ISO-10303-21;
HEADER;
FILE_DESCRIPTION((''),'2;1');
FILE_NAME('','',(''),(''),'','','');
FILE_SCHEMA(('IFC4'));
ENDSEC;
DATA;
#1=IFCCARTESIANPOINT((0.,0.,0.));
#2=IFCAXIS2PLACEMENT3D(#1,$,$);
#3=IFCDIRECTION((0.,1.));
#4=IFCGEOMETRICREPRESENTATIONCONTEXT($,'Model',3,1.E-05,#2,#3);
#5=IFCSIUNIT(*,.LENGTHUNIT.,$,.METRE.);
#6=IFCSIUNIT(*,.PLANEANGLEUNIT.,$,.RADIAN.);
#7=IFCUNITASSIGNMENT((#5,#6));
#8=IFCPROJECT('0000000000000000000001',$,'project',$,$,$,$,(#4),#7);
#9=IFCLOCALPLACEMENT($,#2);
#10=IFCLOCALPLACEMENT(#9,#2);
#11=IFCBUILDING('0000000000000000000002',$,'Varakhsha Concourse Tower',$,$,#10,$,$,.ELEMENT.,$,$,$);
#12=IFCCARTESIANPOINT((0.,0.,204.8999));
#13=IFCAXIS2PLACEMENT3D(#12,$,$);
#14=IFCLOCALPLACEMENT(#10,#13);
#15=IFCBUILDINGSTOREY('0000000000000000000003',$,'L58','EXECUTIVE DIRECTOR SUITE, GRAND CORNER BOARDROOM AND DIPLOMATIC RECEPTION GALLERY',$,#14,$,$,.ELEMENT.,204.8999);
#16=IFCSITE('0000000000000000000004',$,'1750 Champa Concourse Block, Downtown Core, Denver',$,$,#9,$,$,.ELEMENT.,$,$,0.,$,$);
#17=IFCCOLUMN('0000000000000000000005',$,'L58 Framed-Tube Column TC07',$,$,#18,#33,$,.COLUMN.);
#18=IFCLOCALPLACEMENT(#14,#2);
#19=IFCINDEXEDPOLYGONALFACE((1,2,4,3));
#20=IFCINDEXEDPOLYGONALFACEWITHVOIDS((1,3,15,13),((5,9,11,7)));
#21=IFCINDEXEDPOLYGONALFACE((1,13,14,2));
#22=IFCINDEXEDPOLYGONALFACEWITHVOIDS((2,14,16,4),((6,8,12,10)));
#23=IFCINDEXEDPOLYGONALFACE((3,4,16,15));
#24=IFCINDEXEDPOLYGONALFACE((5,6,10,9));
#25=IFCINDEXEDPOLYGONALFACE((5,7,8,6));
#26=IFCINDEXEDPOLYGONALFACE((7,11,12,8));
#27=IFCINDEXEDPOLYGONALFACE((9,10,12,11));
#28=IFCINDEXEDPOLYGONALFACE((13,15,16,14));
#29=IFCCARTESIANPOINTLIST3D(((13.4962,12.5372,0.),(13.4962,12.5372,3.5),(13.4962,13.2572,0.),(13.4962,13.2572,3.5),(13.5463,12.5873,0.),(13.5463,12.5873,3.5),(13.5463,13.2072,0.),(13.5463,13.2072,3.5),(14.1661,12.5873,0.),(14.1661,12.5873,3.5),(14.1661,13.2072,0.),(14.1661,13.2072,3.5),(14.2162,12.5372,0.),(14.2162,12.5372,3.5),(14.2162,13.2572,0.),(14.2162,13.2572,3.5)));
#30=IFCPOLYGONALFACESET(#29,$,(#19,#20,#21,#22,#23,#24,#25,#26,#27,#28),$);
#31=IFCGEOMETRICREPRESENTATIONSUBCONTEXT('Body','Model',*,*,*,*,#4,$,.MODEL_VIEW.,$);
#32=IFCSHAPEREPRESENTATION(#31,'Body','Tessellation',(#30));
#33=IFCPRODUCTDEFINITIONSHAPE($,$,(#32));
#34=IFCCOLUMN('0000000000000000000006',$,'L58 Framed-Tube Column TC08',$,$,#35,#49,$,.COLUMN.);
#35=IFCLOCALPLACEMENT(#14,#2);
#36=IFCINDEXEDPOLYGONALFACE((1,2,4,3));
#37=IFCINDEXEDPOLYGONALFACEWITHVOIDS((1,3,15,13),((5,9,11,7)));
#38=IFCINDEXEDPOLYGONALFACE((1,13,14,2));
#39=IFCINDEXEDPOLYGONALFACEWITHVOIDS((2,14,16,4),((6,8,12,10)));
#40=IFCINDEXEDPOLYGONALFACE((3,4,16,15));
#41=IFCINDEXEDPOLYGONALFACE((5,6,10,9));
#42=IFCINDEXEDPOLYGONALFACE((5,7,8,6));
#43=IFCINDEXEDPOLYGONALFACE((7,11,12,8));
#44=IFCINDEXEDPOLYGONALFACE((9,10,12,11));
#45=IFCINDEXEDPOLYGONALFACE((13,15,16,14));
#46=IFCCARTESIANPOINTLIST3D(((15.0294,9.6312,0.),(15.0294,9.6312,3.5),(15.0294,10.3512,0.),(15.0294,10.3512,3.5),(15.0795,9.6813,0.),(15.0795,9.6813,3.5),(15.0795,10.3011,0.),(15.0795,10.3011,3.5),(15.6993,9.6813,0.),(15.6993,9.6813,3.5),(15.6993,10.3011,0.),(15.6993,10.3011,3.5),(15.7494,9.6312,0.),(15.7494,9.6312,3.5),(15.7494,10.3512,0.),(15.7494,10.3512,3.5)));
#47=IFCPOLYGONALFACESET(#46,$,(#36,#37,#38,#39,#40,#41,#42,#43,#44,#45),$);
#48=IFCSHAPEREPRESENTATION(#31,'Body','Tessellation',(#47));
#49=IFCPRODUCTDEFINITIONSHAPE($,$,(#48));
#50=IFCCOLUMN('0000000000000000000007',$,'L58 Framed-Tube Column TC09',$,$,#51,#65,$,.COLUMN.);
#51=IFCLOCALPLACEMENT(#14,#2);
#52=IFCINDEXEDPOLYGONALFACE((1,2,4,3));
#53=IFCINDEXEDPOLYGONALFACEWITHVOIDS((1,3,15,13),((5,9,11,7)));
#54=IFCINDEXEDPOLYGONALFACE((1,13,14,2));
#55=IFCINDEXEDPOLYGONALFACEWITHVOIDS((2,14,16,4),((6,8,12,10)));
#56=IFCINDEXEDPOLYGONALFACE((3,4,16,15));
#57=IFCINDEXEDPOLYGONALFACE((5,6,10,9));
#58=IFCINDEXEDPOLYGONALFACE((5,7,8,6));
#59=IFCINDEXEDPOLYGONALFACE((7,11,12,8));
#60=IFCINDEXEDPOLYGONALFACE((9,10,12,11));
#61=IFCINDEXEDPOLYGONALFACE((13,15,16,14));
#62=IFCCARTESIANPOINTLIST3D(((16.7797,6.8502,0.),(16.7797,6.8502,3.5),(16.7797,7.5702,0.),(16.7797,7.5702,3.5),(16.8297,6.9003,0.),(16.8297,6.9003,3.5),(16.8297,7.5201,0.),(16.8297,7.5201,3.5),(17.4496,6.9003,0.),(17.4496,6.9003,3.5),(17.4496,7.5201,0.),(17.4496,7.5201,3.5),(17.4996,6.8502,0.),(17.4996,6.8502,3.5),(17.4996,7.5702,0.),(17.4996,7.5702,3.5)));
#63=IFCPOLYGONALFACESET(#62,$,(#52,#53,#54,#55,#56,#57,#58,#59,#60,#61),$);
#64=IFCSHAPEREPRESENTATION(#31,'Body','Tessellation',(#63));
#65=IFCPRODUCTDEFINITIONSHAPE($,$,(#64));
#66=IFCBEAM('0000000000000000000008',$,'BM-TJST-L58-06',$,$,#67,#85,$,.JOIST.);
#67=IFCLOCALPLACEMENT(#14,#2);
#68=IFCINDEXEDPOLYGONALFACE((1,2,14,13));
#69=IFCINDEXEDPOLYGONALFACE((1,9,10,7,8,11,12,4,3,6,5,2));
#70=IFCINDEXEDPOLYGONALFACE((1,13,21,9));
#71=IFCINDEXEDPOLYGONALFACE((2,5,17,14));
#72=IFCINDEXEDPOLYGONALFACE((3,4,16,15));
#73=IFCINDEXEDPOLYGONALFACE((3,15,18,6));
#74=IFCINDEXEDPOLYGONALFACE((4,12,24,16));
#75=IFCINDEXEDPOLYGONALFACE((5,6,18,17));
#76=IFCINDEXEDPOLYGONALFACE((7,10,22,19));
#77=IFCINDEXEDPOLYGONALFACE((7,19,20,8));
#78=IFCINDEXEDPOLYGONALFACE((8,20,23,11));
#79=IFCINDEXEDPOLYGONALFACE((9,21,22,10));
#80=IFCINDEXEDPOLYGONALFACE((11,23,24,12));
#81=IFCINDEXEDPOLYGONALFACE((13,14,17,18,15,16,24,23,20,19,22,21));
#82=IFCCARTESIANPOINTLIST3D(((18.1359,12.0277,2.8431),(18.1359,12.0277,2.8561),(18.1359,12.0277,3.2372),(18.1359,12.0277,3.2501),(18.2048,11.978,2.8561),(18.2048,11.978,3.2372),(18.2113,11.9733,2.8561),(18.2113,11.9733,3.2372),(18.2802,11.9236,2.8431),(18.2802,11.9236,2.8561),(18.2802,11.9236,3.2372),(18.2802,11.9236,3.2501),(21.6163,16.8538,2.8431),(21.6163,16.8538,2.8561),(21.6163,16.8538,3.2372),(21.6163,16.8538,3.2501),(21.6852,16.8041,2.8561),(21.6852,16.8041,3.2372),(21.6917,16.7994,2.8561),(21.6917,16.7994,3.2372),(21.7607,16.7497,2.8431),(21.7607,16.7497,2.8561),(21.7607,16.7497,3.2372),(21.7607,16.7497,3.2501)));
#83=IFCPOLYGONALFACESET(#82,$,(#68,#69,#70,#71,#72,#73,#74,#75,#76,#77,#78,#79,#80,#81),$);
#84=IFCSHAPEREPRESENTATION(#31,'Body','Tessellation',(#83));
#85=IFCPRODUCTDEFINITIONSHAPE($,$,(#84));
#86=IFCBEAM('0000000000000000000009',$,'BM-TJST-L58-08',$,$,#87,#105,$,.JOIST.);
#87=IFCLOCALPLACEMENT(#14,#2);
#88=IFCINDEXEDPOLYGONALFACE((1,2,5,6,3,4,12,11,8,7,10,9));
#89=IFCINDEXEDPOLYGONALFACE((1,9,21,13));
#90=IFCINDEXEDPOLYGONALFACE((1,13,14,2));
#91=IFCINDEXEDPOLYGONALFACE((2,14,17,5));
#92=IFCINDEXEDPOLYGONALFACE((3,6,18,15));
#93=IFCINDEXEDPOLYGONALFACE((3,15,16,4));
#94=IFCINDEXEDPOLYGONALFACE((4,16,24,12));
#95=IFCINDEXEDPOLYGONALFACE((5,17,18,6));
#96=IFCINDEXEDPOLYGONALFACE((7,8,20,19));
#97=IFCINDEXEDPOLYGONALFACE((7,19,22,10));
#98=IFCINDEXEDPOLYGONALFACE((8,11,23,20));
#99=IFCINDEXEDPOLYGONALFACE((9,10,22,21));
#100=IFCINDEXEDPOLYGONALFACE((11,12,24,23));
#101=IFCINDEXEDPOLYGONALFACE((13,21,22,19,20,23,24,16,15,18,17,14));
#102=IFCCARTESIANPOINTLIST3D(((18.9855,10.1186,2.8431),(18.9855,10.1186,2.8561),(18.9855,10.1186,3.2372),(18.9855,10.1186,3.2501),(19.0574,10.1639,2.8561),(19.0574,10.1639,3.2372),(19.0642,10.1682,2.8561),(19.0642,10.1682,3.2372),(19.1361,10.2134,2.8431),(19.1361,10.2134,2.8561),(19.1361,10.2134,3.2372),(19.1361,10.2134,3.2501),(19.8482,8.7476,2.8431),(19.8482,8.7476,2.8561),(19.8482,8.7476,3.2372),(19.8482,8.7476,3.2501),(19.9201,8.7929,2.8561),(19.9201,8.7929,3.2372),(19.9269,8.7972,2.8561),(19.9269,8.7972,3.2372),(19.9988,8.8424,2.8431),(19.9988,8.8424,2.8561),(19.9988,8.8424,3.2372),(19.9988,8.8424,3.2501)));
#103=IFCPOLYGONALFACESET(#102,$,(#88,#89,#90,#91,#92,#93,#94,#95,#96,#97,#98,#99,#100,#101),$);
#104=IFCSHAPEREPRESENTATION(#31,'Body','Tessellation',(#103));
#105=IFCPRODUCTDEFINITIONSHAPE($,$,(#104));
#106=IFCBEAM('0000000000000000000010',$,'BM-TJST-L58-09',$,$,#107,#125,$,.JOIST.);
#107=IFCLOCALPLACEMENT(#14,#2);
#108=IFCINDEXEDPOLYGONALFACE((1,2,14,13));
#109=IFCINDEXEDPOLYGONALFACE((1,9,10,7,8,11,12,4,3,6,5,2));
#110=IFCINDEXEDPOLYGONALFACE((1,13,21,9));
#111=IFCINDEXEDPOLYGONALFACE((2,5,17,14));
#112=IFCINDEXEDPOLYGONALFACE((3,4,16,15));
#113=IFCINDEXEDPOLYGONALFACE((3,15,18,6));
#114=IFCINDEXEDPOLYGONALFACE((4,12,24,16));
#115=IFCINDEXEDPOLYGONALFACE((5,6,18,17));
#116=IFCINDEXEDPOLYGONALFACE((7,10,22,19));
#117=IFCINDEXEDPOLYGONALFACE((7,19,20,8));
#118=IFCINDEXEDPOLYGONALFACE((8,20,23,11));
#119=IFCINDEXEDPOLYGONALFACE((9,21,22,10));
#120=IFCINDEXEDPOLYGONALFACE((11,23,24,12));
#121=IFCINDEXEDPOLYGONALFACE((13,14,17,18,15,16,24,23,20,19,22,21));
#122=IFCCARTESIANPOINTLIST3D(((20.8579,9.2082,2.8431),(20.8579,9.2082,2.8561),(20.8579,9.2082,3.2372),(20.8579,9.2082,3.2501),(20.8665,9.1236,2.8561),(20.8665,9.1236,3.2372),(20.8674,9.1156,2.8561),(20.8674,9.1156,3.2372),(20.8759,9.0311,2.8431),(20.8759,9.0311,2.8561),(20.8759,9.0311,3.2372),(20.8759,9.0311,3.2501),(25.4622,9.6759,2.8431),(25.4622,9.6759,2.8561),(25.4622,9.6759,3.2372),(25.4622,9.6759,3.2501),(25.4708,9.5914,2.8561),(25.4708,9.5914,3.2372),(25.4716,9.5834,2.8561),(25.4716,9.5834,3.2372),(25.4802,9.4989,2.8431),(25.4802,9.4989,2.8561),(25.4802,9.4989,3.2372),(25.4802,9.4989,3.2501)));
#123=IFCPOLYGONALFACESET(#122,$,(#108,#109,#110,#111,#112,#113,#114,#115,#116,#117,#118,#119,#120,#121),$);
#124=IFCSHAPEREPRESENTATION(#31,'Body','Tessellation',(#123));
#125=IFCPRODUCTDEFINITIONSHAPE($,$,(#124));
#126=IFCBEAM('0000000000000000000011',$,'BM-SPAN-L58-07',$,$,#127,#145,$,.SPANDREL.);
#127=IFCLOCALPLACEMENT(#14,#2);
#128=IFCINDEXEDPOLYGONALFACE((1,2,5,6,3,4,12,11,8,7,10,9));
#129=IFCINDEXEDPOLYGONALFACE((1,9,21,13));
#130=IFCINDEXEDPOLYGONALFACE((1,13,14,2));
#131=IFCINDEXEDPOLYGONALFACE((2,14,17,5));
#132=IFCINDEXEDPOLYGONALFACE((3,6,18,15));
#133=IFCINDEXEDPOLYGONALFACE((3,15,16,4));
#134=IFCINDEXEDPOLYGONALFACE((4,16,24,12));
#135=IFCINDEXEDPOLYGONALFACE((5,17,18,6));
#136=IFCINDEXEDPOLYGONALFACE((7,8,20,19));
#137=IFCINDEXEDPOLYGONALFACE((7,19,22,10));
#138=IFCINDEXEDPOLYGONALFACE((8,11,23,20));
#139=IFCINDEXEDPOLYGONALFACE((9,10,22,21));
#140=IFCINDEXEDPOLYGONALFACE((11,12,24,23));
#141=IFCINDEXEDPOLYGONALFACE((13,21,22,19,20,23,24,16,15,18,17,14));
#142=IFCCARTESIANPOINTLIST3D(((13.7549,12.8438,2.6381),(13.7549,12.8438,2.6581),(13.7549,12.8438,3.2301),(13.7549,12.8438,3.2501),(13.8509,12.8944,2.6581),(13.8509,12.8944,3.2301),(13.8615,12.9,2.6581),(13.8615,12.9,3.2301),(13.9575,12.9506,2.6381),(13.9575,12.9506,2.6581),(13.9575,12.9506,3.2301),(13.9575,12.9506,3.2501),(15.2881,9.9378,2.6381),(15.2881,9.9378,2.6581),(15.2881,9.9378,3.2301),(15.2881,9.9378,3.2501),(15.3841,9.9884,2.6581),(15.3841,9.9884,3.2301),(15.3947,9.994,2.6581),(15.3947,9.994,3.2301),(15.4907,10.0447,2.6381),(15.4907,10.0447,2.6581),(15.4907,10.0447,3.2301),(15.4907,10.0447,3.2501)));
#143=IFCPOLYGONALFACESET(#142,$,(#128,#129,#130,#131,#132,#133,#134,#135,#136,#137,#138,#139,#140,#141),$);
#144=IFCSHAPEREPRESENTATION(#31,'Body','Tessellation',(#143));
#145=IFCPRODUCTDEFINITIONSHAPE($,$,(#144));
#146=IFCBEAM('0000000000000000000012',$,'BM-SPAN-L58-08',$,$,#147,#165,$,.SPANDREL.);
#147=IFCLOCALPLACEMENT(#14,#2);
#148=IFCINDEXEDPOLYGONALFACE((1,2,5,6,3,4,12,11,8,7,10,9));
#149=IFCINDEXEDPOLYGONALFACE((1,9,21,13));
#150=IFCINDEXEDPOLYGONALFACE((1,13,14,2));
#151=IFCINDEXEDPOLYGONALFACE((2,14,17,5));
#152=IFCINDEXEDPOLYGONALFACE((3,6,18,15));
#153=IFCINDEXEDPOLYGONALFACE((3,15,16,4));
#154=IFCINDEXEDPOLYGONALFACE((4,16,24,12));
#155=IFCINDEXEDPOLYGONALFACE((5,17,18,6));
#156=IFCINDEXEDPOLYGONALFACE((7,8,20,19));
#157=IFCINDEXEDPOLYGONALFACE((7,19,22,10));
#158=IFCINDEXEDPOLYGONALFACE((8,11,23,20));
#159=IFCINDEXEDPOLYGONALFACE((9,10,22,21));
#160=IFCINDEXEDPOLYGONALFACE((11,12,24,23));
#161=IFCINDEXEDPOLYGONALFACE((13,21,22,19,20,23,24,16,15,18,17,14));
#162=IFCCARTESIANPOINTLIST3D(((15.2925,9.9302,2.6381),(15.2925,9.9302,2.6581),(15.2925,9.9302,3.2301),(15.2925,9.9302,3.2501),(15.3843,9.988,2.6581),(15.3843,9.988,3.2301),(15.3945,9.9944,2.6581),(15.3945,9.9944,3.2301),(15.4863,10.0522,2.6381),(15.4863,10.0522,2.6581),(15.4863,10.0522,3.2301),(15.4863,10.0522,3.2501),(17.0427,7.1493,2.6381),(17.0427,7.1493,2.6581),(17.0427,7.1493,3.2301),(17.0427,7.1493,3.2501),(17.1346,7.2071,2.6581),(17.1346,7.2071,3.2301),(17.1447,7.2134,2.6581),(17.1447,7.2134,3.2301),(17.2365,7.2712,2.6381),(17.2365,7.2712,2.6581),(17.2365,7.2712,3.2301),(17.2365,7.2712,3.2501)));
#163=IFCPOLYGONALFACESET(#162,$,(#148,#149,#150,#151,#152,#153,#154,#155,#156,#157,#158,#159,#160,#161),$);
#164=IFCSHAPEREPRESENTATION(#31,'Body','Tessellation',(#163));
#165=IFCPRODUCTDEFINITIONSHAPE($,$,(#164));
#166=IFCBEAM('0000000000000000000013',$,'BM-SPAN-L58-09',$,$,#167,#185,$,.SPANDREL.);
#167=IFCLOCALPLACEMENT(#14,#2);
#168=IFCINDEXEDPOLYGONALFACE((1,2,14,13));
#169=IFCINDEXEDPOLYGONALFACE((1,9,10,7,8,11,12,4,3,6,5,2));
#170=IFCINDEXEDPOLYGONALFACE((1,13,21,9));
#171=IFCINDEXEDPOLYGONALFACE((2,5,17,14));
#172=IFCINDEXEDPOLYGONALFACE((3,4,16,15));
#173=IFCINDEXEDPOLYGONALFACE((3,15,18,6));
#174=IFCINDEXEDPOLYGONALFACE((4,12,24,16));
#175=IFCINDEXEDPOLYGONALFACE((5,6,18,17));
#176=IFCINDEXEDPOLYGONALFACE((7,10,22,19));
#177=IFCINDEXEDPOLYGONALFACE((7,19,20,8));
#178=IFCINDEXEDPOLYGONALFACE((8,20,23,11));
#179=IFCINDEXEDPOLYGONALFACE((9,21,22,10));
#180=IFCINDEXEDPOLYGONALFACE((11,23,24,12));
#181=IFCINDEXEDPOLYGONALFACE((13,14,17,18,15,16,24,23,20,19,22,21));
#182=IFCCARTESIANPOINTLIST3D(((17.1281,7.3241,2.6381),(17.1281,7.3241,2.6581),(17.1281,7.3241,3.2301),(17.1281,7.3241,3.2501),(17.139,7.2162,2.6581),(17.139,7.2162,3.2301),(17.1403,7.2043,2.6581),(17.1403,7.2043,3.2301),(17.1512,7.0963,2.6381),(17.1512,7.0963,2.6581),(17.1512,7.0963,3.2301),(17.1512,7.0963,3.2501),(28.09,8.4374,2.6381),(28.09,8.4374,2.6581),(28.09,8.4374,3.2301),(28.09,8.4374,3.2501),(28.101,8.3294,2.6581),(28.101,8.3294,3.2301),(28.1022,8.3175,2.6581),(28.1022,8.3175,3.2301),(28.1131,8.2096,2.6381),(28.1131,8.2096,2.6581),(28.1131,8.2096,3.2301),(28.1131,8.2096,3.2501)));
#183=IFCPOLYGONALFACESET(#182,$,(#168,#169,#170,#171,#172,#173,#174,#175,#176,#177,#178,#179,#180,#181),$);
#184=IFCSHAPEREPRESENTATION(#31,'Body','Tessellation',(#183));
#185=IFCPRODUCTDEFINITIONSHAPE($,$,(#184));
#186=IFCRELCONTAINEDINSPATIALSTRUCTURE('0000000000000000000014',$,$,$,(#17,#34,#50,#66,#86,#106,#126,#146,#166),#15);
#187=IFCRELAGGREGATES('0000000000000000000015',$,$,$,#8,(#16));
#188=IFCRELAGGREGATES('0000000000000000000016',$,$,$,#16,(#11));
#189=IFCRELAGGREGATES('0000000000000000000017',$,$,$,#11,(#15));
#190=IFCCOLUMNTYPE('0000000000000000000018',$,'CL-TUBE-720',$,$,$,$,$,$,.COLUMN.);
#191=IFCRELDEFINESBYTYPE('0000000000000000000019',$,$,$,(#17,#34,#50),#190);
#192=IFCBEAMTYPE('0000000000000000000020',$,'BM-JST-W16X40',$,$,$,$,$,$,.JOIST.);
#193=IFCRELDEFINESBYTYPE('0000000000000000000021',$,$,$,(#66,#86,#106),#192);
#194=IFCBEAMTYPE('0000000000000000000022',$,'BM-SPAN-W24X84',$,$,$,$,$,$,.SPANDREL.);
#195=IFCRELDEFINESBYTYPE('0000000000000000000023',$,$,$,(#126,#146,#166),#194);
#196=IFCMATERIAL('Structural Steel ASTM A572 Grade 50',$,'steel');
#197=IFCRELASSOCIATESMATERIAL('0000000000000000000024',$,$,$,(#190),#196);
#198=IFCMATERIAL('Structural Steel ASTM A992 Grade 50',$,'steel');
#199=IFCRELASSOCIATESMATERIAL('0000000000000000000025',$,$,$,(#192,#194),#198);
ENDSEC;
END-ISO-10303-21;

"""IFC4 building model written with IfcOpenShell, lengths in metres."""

from ifc_helpers import new_model, si_unit, direction, frame, origin, origin_2d, place, context, subcontext, project, spatial, hollow_rectangle, i_section, extrude, material, material_profile, profile_set, type_object, element, save


model = new_model("IFC4")

# Units and contexts
model_context = context("Model", 3, precision=1e-05, world=origin(), true_north=direction((0.0, 1.0)))
body_context = subcontext(model_context, "Body", "Model", "MODEL_VIEW")
ifc_project = project(units=[si_unit("LENGTHUNIT", "METRE"), si_unit("PLANEANGLEUNIT", "RADIAN")], contexts=[model_context])

# Site, building, storey
site_placement = place(None, origin())
site = spatial("IfcSite", under=ifc_project, at=site_placement, Name="1750 Champa Concourse Block, Downtown Core, Denver", CompositionType="ELEMENT", RefElevation=0.0)
building_placement = place(site_placement, origin())
building = spatial("IfcBuilding", under=site, at=building_placement, Name="Varakhsha Concourse Tower", CompositionType="ELEMENT")
storey_placement = place(building_placement, frame((0.0, 0.0, 204.8999)))
storey = spatial("IfcBuildingStorey", under=building, at=storey_placement, Name="L58", Description="EXECUTIVE DIRECTOR SUITE, GRAND CORNER BOARDROOM AND DIPLOMATIC RECEPTION GALLERY", CompositionType="ELEMENT", Elevation=204.8999)

# Columns
ifc_material_1 = material(Name="Structural Steel ASTM A572 Grade 50", Category="steel")
ifc_material_profile_1 = material_profile(ifc_material_1, hollow_rectangle(XDim=0.72, YDim=0.72, WallThickness=0.05, at=origin_2d()), Name="BOX 720x720x50")
ifc_profile_set_1 = profile_set([ifc_material_profile_1], Name="Structural Steel ASTM A572 Grade 50")
column_type = type_object("IfcColumnType", Name="CL-TUBE-720", PredefinedType="COLUMN", material=ifc_profile_set_1)
for number, where, z_axis, x_axis, name in (
    (1, (13.8562, 12.8972, 0.0), (0.0, 0.0, 1.0), (1.0, 0.0, 0.0), "L58 Framed-Tube Column TC07"),
    (2, (15.3894, 9.9912, 0.0), (0.0, 0.0, 1.0), (1.0, 0.0, 0.0), "L58 Framed-Tube Column TC08"),
    (3, (17.1396, 7.2102, 0.0), (0.0, 0.0, 1.0), (1.0, 0.0, 0.0), "L58 Framed-Tube Column TC09"),
):
    element("IfcColumn", number, at=place(storey_placement, frame(where, z_axis=z_axis, x_axis=x_axis)), inside=storey, type_object=column_type, Name=name, PredefinedType="COLUMN", context=body_context, shape_type="SweptSolid", body=[
        extrude(hollow_rectangle(XDim=0.72, YDim=0.72, WallThickness=0.05, at=origin_2d()), origin(), (0.0, 0.0, 1.0), 3.5),
    ])

# Beams
ifc_material_2 = material(Name="Structural Steel ASTM A992 Grade 50", Category="steel")
ifc_material_profile_2 = material_profile(ifc_material_2, i_section(OverallWidth=0.178, OverallDepth=0.407, WebThickness=0.0081, FlangeThickness=0.0129, at=origin_2d()), Name="W16X40")
ifc_profile_set_2 = profile_set([ifc_material_profile_2], Name="Structural Steel ASTM A992 Grade 50")
beam_type_1 = type_object("IfcBeamType", Name="BM-JST-W16X40", PredefinedType="JOIST", material=ifc_profile_set_2)
beam_1_placement = place(storey_placement, frame((21.6885, 16.8018, 3.0466), z_axis=(-0.584927, -0.811086, 0.0), x_axis=(0.811086, -0.584927, 0.0)))
element("IfcBeam", 4, at=beam_1_placement, inside=storey, type_object=beam_type_1, Name="BM-TJST-L58-06", PredefinedType="JOIST", context=body_context, shape_type="SweptSolid", body=[
    extrude(i_section(OverallWidth=0.178, OverallDepth=0.407, WebThickness=0.0081, FlangeThickness=0.0129, at=origin_2d()), origin(), (0.0, 0.0, 1.0), 5.9502),
])
beam_2_placement = place(storey_placement, frame((19.0608, 10.166, 3.0466), z_axis=(0.532597, -0.846369, 0.0), x_axis=(0.846369, 0.532597, 0.0)))
element("IfcBeam", 5, at=beam_2_placement, inside=storey, type_object=beam_type_1, Name="BM-TJST-L58-08", PredefinedType="JOIST", context=body_context, shape_type="SweptSolid", body=[
    extrude(i_section(OverallWidth=0.178, OverallDepth=0.407, WebThickness=0.0081, FlangeThickness=0.0129, at=origin_2d()), origin(), (0.0, 0.0, 1.0), 1.6199),
])
beam_3_placement = place(storey_placement, frame((20.8669, 9.1196, 3.0466), z_axis=(0.994879, 0.101076, 0.0), x_axis=(-0.101076, 0.994879, 0.0)))
element("IfcBeam", 6, at=beam_3_placement, inside=storey, type_object=beam_type_1, Name="BM-TJST-L58-09", PredefinedType="JOIST", context=body_context, shape_type="SweptSolid", body=[
    extrude(i_section(OverallWidth=0.178, OverallDepth=0.407, WebThickness=0.0081, FlangeThickness=0.0129, at=origin_2d()), origin(), (0.0, 0.0, 1.0), 4.6279),
])
ifc_material_profile_3 = material_profile(ifc_material_2, i_section(OverallWidth=0.229, OverallDepth=0.6121, WebThickness=0.012, FlangeThickness=0.02, at=origin_2d()), Name="W24X84")
ifc_profile_set_3 = profile_set([ifc_material_profile_3], Name="Structural Steel ASTM A992 Grade 50")
beam_type_2 = type_object("IfcBeamType", Name="BM-SPAN-W24X84", PredefinedType="SPANDREL", material=ifc_profile_set_3)
beam_4_placement = place(storey_placement, frame((13.8562, 12.8972, 2.9441), z_axis=(0.466634, -0.88445, 0.0), x_axis=(0.88445, 0.466634, 0.0)))
element("IfcBeam", 7, at=beam_4_placement, inside=storey, type_object=beam_type_2, Name="BM-SPAN-L58-07", PredefinedType="SPANDREL", context=body_context, shape_type="SweptSolid", body=[
    extrude(i_section(OverallWidth=0.229, OverallDepth=0.6121, WebThickness=0.012, FlangeThickness=0.02, at=origin_2d()), origin(), (0.0, 0.0, 1.0), 3.2856),
])
beam_5_placement = place(storey_placement, frame((15.3894, 9.9912, 2.9441), z_axis=(0.532648, -0.846337, 0.0), x_axis=(0.846337, 0.532648, 0.0)))
element("IfcBeam", 8, at=beam_5_placement, inside=storey, type_object=beam_type_2, Name="BM-SPAN-L58-08", PredefinedType="SPANDREL", context=body_context, shape_type="SweptSolid", body=[
    extrude(i_section(OverallWidth=0.229, OverallDepth=0.6121, WebThickness=0.012, FlangeThickness=0.02, at=origin_2d()), origin(), (0.0, 0.0, 1.0), 3.2859),
])
beam_6_placement = place(storey_placement, frame((17.1396, 7.2102, 2.9441), z_axis=(0.994882, 0.101039, 0.0), x_axis=(-0.101039, 0.994882, 0.0)))
element("IfcBeam", 9, at=beam_6_placement, inside=storey, type_object=beam_type_2, Name="BM-SPAN-L58-09", PredefinedType="SPANDREL", context=body_context, shape_type="SweptSolid", body=[
    extrude(i_section(OverallWidth=0.229, OverallDepth=0.6121, WebThickness=0.012, FlangeThickness=0.02, at=origin_2d()), origin(), (0.0, 0.0, 1.0), 11.0183),
])

save(model, "model.ifc")
